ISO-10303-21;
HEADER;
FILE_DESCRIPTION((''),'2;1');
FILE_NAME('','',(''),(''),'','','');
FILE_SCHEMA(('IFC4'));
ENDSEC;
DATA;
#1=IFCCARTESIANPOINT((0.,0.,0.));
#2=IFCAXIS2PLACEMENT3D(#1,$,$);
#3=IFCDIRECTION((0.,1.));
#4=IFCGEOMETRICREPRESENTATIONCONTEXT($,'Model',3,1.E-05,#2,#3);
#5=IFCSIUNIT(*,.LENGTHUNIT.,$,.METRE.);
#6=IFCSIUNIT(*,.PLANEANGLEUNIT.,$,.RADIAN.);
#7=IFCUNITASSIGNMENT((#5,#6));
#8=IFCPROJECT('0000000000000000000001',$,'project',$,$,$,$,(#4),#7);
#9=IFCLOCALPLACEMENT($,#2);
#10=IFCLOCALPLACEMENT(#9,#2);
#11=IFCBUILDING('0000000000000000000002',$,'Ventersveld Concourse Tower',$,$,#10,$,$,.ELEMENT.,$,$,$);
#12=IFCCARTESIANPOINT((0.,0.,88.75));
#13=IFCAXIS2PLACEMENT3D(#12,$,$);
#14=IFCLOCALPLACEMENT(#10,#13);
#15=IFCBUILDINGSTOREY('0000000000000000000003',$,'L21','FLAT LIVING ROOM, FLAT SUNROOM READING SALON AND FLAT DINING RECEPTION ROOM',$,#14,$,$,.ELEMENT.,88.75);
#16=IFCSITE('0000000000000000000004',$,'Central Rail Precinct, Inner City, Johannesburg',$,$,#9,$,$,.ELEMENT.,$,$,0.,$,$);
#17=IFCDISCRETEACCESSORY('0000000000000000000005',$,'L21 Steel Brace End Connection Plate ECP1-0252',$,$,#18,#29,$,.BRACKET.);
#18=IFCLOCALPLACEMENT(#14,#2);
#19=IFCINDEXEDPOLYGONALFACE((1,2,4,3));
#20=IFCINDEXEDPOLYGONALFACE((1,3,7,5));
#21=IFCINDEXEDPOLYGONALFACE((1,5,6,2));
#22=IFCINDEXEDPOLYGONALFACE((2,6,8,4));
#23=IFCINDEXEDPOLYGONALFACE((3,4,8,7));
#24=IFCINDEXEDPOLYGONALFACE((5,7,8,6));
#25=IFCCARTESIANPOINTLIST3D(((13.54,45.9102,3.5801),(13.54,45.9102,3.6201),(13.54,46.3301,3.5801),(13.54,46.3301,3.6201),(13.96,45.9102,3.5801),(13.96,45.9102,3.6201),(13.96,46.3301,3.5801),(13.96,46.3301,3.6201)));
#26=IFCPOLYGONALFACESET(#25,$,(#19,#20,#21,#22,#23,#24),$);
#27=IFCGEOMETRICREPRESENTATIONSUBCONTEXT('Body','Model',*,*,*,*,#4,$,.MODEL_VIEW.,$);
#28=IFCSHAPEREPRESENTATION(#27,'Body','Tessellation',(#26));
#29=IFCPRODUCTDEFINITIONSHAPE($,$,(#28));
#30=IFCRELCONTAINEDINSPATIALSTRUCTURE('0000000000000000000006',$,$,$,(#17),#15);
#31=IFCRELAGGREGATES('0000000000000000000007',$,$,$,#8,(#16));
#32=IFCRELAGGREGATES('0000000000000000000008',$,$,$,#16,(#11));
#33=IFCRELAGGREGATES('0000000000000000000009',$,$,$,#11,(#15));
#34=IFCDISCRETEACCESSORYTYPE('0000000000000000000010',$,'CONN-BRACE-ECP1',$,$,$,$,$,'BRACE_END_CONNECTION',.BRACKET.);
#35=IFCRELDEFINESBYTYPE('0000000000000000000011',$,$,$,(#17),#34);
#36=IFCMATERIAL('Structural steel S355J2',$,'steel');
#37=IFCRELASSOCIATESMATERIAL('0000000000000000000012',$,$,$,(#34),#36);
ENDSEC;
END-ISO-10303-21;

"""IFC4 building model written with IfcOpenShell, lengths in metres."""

from ifc_helpers import new_model, si_unit, direction, frame, origin, origin_2d, place, context, subcontext, project, spatial, rectangle, extrude, material, type_object, element, save


model = new_model("IFC4")

# Units and contexts
model_context = context("Model", 3, precision=1e-05, world=origin(), true_north=direction((0.0, 1.0)))
body_context = subcontext(model_context, "Body", "Model", "MODEL_VIEW")
ifc_project = project(units=[si_unit("LENGTHUNIT", "METRE"), si_unit("PLANEANGLEUNIT", "RADIAN")], contexts=[model_context])

# Site, building, storey
site_placement = place(None, origin())
site = spatial("IfcSite", under=ifc_project, at=site_placement, Name="Central Rail Precinct, Inner City, Johannesburg", CompositionType="ELEMENT", RefElevation=0.0)
building_placement = place(site_placement, origin())
building = spatial("IfcBuilding", under=site, at=building_placement, Name="Ventersveld Concourse Tower", CompositionType="ELEMENT")
storey_placement = place(building_placement, frame((0.0, 0.0, 88.75)))
storey = spatial("IfcBuildingStorey", under=building, at=storey_placement, Name="L21", Description="FLAT LIVING ROOM, FLAT SUNROOM READING SALON AND FLAT DINING RECEPTION ROOM", CompositionType="ELEMENT", Elevation=88.75)

# Shared definitions
ifc_material_1 = material(Name="Structural steel S355J2", Category="steel")

# Discrete accessory
discrete_accessory_type = type_object("IfcDiscreteAccessoryType", Name="CONN-BRACE-ECP1", ElementType="BRACE_END_CONNECTION", PredefinedType="BRACKET", material=ifc_material_1)
discrete_accessory_placement = place(storey_placement, frame((13.75, 46.1201, 3.5801), z_axis=(0.0, 0.0, 1.0), x_axis=(1.0, 0.0, 0.0)))
element("IfcDiscreteAccessory", 1, at=discrete_accessory_placement, inside=storey, type_object=discrete_accessory_type, Name="L21 Steel Brace End Connection Plate ECP1-0252", PredefinedType="BRACKET", context=body_context, shape_type="SweptSolid", body=[
    extrude(rectangle(XDim=0.4199, YDim=0.4199, at=origin_2d()), origin(), (0.0, 0.0, 1.0), 0.04),
])

save(model, "model.ifc")
